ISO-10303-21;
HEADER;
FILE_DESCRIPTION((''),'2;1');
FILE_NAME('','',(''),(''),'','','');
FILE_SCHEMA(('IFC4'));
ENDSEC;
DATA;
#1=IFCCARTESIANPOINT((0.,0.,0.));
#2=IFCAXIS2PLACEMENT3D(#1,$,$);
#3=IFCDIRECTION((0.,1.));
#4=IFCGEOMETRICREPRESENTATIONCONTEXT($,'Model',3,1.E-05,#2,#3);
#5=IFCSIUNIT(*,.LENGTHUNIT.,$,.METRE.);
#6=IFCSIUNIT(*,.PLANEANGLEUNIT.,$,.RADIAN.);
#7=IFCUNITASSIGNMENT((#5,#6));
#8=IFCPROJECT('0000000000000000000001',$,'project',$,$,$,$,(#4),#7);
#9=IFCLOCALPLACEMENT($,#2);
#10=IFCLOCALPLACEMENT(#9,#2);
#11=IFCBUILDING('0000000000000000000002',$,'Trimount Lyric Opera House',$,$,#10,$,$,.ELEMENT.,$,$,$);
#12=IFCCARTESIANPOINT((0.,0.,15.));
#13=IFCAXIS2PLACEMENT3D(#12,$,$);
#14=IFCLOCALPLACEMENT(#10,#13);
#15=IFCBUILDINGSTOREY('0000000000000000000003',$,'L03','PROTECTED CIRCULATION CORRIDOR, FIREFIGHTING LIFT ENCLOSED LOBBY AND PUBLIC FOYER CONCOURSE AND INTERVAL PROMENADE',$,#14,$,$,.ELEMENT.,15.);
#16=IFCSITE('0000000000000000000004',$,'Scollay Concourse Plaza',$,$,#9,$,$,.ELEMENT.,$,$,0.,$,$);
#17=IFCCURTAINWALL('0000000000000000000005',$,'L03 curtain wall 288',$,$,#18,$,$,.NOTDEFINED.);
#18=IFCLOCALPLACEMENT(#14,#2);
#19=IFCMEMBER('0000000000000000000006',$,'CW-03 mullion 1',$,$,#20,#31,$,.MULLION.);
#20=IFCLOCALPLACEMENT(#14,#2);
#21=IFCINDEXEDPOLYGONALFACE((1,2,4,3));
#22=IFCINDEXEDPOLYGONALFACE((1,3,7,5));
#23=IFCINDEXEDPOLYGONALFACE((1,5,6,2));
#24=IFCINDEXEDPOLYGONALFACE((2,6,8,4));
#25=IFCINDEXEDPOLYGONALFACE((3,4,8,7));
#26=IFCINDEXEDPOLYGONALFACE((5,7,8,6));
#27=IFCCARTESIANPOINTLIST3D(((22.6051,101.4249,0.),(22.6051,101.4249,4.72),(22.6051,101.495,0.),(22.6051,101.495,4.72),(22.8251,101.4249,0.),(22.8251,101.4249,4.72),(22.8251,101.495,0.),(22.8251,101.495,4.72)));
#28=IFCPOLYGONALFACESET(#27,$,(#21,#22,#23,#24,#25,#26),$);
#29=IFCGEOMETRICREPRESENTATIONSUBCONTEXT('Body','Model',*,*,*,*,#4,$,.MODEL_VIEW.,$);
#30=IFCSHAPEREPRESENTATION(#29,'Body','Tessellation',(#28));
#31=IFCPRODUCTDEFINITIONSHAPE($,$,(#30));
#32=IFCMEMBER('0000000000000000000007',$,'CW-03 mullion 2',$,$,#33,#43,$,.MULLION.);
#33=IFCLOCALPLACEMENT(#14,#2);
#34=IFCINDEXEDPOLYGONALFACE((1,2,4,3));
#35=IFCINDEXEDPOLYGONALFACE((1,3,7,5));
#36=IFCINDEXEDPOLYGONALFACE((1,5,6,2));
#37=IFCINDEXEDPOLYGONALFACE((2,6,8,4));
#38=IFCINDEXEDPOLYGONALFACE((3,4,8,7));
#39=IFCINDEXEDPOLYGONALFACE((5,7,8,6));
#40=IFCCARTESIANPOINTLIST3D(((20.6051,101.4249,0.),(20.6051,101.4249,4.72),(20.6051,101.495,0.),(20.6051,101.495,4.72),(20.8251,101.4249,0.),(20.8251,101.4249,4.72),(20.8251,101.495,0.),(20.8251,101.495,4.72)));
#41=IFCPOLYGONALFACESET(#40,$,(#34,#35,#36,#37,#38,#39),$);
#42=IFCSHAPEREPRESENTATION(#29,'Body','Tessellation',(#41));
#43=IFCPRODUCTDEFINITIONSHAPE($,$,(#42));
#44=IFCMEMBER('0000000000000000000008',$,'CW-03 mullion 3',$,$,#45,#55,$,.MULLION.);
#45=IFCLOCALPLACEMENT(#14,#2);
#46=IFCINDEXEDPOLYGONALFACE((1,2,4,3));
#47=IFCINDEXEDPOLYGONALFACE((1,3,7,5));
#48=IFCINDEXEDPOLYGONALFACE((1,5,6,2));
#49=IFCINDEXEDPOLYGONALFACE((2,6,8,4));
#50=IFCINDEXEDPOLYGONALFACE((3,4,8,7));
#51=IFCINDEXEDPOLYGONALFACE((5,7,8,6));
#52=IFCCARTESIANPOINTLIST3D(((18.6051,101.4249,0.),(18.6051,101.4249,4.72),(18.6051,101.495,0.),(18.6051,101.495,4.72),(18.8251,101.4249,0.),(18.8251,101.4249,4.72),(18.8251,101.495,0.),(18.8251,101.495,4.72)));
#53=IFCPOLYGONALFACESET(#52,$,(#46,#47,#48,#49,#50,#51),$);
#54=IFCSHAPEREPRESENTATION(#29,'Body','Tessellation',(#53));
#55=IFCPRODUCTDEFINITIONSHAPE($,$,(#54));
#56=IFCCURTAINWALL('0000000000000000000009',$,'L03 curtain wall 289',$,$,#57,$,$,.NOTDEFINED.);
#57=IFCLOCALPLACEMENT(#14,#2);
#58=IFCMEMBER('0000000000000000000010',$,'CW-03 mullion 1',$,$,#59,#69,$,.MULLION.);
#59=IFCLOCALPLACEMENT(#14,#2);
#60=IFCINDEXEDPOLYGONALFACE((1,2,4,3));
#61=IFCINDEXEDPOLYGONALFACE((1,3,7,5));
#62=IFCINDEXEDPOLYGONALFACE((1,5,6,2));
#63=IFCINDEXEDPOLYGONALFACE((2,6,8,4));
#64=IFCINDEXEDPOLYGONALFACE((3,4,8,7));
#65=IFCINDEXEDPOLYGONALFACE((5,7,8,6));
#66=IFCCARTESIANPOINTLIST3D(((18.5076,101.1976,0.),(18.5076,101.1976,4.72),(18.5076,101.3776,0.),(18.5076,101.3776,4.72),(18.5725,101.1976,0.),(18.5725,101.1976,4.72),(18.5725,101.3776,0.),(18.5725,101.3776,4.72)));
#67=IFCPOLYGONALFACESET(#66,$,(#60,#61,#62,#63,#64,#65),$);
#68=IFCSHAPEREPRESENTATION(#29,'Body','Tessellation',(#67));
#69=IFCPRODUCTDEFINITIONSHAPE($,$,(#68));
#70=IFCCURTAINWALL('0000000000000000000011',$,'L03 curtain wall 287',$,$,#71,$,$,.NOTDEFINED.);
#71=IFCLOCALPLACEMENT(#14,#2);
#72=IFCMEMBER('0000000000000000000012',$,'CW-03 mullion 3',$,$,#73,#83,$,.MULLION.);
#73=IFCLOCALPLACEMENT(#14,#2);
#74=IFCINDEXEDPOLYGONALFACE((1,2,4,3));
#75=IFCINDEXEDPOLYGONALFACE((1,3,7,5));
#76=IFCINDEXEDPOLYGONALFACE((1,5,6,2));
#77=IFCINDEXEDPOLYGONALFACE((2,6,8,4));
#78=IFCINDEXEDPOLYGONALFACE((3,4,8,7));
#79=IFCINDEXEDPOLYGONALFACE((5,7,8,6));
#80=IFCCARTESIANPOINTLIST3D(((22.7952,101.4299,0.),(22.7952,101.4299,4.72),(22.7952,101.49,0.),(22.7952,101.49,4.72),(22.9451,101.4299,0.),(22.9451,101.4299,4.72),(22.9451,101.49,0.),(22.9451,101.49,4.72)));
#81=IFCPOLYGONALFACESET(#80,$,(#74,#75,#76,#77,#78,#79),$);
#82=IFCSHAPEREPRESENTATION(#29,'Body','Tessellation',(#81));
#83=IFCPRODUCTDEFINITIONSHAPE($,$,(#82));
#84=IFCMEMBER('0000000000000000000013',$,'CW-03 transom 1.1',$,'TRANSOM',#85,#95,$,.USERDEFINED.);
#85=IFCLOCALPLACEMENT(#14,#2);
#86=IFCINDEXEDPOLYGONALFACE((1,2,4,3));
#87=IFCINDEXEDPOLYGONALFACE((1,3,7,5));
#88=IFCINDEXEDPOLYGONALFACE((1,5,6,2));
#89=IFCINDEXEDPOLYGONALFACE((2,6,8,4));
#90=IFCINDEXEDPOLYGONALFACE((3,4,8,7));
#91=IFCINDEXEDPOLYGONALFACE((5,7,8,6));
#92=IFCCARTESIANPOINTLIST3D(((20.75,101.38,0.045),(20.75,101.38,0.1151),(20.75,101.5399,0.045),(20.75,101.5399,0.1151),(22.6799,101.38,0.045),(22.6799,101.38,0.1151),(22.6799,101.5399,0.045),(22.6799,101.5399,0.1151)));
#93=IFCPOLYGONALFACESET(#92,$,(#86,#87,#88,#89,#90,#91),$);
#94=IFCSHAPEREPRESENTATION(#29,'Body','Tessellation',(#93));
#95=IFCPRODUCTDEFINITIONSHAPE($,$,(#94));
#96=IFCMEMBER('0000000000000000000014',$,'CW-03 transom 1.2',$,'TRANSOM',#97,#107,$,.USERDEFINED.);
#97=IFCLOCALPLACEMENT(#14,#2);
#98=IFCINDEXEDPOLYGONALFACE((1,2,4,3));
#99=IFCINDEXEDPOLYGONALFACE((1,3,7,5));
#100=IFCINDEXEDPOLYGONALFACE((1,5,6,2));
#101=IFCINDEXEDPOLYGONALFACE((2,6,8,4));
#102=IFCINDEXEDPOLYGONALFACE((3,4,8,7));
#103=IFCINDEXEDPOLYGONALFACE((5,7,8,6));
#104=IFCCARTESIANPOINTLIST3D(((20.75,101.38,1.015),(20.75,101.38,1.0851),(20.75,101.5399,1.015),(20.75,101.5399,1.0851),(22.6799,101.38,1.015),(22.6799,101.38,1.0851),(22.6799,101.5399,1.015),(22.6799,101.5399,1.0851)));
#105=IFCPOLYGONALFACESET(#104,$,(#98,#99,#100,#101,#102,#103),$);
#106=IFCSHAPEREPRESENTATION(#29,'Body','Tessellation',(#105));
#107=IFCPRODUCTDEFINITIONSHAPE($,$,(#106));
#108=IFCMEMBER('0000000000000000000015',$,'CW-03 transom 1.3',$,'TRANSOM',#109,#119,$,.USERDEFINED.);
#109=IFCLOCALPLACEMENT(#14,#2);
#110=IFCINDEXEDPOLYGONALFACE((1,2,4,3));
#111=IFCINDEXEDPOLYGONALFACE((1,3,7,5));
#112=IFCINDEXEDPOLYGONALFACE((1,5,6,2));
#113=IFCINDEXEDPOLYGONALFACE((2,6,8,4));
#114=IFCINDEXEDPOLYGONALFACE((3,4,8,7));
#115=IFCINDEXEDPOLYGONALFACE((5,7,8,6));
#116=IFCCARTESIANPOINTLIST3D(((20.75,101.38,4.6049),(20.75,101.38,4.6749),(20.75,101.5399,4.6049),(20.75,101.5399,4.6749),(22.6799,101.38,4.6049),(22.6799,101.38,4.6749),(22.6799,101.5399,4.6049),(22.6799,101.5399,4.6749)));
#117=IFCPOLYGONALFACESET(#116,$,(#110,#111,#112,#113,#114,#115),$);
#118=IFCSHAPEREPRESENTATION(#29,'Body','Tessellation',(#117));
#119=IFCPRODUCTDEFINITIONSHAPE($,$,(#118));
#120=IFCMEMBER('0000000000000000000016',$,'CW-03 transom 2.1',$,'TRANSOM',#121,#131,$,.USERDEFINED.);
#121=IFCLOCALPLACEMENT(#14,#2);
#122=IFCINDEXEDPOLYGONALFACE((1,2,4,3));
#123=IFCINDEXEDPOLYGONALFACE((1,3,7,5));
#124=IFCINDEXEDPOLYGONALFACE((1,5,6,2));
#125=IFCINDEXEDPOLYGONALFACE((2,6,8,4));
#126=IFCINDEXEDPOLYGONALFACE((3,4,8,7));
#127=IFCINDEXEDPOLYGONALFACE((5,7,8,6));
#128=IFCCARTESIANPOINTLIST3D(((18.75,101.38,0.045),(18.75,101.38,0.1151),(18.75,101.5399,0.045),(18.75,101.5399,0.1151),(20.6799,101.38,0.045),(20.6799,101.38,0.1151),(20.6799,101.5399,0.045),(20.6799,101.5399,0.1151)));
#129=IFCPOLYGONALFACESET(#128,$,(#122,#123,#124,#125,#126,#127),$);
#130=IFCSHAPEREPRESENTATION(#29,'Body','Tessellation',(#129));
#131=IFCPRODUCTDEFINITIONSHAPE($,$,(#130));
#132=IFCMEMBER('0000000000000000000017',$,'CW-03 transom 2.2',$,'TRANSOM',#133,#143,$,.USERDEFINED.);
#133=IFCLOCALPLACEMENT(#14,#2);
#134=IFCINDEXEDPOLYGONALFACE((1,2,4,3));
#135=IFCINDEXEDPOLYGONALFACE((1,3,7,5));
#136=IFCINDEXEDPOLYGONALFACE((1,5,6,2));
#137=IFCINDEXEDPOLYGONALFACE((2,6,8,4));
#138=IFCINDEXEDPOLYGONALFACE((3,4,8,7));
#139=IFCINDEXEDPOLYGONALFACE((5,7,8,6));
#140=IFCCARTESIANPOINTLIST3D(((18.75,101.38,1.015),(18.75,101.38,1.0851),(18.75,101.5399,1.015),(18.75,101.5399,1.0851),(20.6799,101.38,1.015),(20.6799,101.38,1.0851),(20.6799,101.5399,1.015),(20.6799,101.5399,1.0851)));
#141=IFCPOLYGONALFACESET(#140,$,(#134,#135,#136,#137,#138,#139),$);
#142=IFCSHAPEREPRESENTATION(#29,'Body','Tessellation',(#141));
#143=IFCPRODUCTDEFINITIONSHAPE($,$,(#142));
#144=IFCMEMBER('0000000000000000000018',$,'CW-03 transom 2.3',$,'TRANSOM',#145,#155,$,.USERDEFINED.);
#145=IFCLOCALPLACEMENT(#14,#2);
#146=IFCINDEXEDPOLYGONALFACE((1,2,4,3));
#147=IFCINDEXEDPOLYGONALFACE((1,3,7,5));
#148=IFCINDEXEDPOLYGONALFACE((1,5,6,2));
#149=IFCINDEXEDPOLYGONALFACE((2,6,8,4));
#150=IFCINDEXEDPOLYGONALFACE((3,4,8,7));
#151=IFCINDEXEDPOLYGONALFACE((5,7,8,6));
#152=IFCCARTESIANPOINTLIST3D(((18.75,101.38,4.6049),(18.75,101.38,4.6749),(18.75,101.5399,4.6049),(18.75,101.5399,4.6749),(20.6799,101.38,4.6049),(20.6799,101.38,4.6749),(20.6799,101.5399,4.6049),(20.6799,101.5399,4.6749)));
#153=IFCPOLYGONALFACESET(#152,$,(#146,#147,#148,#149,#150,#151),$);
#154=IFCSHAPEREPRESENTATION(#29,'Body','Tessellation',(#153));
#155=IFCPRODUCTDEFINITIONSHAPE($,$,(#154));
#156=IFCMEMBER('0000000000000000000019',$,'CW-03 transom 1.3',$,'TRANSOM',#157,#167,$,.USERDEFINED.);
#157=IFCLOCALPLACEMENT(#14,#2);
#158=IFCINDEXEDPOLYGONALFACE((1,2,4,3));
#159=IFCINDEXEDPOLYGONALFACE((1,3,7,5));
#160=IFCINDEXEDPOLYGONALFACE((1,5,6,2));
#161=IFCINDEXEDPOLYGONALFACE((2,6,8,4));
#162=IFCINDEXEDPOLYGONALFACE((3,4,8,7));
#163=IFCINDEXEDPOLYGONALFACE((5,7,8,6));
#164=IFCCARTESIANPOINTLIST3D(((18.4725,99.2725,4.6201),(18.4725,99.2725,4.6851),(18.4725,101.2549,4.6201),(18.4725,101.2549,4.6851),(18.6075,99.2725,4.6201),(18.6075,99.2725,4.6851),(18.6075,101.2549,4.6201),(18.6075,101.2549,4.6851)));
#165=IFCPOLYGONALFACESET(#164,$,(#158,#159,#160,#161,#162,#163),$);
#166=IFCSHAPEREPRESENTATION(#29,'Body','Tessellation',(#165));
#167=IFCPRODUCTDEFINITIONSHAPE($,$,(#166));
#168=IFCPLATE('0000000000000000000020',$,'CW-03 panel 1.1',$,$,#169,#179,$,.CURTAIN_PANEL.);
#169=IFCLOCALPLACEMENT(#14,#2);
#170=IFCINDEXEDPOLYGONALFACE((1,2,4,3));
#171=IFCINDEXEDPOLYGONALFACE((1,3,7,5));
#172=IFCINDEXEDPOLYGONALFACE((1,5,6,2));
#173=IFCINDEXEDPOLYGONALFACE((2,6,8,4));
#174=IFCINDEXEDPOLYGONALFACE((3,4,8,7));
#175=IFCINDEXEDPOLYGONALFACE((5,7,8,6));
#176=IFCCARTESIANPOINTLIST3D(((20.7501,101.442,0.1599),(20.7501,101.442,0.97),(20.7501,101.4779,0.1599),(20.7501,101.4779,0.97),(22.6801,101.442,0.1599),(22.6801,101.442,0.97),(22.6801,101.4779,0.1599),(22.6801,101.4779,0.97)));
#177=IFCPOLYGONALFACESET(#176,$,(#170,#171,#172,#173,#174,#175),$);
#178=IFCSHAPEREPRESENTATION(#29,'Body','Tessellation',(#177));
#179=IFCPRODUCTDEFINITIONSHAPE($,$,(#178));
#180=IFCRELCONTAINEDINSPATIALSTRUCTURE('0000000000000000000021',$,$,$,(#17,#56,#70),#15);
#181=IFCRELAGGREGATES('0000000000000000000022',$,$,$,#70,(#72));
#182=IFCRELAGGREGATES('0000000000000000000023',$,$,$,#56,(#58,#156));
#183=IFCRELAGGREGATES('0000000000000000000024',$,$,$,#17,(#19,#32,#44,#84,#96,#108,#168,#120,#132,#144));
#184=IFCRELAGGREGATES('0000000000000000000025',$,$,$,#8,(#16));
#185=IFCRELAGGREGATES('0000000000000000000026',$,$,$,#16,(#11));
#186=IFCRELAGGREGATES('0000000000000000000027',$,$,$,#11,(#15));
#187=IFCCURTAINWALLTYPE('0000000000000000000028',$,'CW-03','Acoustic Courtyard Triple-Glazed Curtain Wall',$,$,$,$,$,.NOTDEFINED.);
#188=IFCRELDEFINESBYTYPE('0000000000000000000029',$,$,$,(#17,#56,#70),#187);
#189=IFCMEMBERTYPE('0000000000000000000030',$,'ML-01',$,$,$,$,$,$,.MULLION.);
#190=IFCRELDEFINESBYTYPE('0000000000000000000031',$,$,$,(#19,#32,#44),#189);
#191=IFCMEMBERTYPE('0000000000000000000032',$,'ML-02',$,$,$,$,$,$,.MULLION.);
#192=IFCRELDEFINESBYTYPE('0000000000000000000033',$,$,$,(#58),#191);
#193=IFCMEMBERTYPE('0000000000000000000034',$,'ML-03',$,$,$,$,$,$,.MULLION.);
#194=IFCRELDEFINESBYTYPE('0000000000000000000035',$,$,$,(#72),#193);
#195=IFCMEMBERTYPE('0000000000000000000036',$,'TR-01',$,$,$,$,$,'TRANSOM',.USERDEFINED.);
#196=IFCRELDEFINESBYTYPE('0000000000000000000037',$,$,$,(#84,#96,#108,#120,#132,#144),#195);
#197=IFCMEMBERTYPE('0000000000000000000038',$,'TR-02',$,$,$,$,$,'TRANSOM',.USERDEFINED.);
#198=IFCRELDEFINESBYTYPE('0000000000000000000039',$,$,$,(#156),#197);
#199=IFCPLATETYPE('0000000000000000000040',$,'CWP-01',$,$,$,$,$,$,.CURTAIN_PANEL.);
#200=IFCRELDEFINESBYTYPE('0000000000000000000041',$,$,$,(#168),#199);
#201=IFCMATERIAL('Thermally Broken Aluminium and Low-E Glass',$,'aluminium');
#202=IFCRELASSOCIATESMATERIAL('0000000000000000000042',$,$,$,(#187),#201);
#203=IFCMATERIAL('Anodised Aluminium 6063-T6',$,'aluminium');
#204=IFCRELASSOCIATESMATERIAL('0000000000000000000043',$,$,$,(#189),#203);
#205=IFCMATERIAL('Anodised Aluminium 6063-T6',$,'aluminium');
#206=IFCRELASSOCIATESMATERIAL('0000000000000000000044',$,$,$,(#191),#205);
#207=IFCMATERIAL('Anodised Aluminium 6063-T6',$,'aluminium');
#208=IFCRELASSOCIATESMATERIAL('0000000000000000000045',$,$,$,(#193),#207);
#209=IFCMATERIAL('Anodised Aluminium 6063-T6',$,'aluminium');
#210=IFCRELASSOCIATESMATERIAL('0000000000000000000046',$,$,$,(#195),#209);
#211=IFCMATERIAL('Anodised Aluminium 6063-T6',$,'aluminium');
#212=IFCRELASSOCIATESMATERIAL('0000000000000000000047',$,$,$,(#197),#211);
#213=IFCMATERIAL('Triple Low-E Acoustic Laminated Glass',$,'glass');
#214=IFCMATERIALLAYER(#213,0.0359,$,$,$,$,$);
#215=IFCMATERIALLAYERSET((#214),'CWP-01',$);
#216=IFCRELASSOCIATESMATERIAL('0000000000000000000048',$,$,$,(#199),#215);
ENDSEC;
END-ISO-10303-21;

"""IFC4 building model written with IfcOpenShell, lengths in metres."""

from ifc_helpers import new_model, si_unit, direction, frame, origin, origin_2d, place, context, subcontext, project, spatial, rectangle, extrude, material, layer, layer_set, material_profile, profile_set, type_object, element, aggregate, save


model = new_model("IFC4")

# Units and contexts
model_context = context("Model", 3, precision=1e-05, world=origin(), true_north=direction((0.0, 1.0)))
body_context = subcontext(model_context, "Body", "Model", "MODEL_VIEW")
ifc_project = project(units=[si_unit("LENGTHUNIT", "METRE"), si_unit("PLANEANGLEUNIT", "RADIAN")], contexts=[model_context])

# Site, building, storey
site_placement = place(None, origin())
site = spatial("IfcSite", under=ifc_project, at=site_placement, Name="Scollay Concourse Plaza", CompositionType="ELEMENT", RefElevation=0.0)
building_placement = place(site_placement, origin())
building = spatial("IfcBuilding", under=site, at=building_placement, Name="Trimount Lyric Opera House", CompositionType="ELEMENT")
storey_placement = place(building_placement, frame((0.0, 0.0, 15.0)))
storey = spatial("IfcBuildingStorey", under=building, at=storey_placement, Name="L03", Description="PROTECTED CIRCULATION CORRIDOR, FIREFIGHTING LIFT ENCLOSED LOBBY AND PUBLIC FOYER CONCOURSE AND INTERVAL PROMENADE", CompositionType="ELEMENT", Elevation=15.0)

# Curtain wall, members
ifc_material_1 = material(Name="Thermally Broken Aluminium and Low-E Glass", Category="aluminium")
curtain_wall_type = type_object("IfcCurtainWallType", Name="CW-03", Description="Acoustic Courtyard Triple-Glazed Curtain Wall", PredefinedType="NOTDEFINED", material=ifc_material_1)
curtain_wall_1_placement = place(storey_placement, origin())
curtain_wall_1 = element("IfcCurtainWall", 1, at=curtain_wall_1_placement, inside=storey, type_object=curtain_wall_type, Name="L03 curtain wall 288", PredefinedType="NOTDEFINED")
ifc_material_2 = material(Name="Anodised Aluminium 6063-T6", Category="aluminium")
ifc_material_profile_1 = material_profile(ifc_material_2, rectangle(XDim=0.0701, YDim=0.22, at=origin_2d()), Name="ALU-MULL-70X220")
ifc_profile_set_1 = profile_set([ifc_material_profile_1], Name="Anodised Aluminium 6063-T6")
member_type_1 = type_object("IfcMemberType", Name="ML-01", PredefinedType="MULLION", material=ifc_profile_set_1)
member_1_placement = place(storey_placement, frame((22.7151, 101.46, 0.0), z_axis=(0.0, 0.0, 1.0), x_axis=(0.0, -1.0, 0.0)))
member_1 = element("IfcMember", 2, at=member_1_placement, type_object=member_type_1, Name="CW-03 mullion 1", PredefinedType="MULLION", context=body_context, shape_type="SweptSolid", body=[
    extrude(rectangle(XDim=0.0701, YDim=0.22, at=origin_2d()), origin(), (0.0, 0.0, 1.0), 4.72),
])
member_2_placement = place(storey_placement, frame((20.7151, 101.46, 0.0), z_axis=(0.0, 0.0, 1.0), x_axis=(0.0, -1.0, 0.0)))
member_2 = element("IfcMember", 3, at=member_2_placement, type_object=member_type_1, Name="CW-03 mullion 2", PredefinedType="MULLION", context=body_context, shape_type="SweptSolid", body=[
    extrude(rectangle(XDim=0.0701, YDim=0.22, at=origin_2d()), origin(), (0.0, 0.0, 1.0), 4.72),
])
member_3_placement = place(storey_placement, frame((18.7151, 101.46, 0.0), z_axis=(0.0, 0.0, 1.0), x_axis=(0.0, -1.0, 0.0)))
member_3 = element("IfcMember", 4, at=member_3_placement, type_object=member_type_1, Name="CW-03 mullion 3", PredefinedType="MULLION", context=body_context, shape_type="SweptSolid", body=[
    extrude(rectangle(XDim=0.0701, YDim=0.22, at=origin_2d()), origin(), (0.0, 0.0, 1.0), 4.72),
])

# Curtain walls, members
curtain_wall_2_placement = place(storey_placement, origin())
curtain_wall_2 = element("IfcCurtainWall", 5, at=curtain_wall_2_placement, inside=storey, type_object=curtain_wall_type, Name="L03 curtain wall 289", PredefinedType="NOTDEFINED")
ifc_material_3 = material(Name="Anodised Aluminium 6063-T6", Category="aluminium")
ifc_material_profile_2 = material_profile(ifc_material_3, rectangle(XDim=0.0649, YDim=0.1799, at=origin_2d()), Name="ALU-MULL-65X180")
ifc_profile_set_2 = profile_set([ifc_material_profile_2], Name="Anodised Aluminium 6063-T6")
member_type_2 = type_object("IfcMemberType", Name="ML-02", PredefinedType="MULLION", material=ifc_profile_set_2)
member_4_placement = place(storey_placement, frame((18.54, 101.2876, 0.0), z_axis=(0.0, 0.0, 1.0), x_axis=(1.0, 0.0, 0.0)))
member_4 = element("IfcMember", 6, at=member_4_placement, type_object=member_type_2, Name="CW-03 mullion 1", PredefinedType="MULLION", context=body_context, shape_type="SweptSolid", body=[
    extrude(rectangle(XDim=0.0649, YDim=0.1799, at=origin_2d()), origin(), (0.0, 0.0, 1.0), 4.72),
])
curtain_wall_3_placement = place(storey_placement, origin())
curtain_wall_3 = element("IfcCurtainWall", 7, at=curtain_wall_3_placement, inside=storey, type_object=curtain_wall_type, Name="L03 curtain wall 287", PredefinedType="NOTDEFINED")
ifc_material_4 = material(Name="Anodised Aluminium 6063-T6", Category="aluminium")
ifc_material_profile_3 = material_profile(ifc_material_4, rectangle(XDim=0.0601, YDim=0.1499, at=origin_2d()), Name="ALU-MULL-60X150")
ifc_profile_set_3 = profile_set([ifc_material_profile_3], Name="Anodised Aluminium 6063-T6")
member_type_3 = type_object("IfcMemberType", Name="ML-03", PredefinedType="MULLION", material=ifc_profile_set_3)
member_5_placement = place(storey_placement, frame((22.8701, 101.46, 0.0), z_axis=(0.0, 0.0, 1.0), x_axis=(0.0, -1.0, 0.0)))
member_5 = element("IfcMember", 8, at=member_5_placement, type_object=member_type_3, Name="CW-03 mullion 3", PredefinedType="MULLION", context=body_context, shape_type="SweptSolid", body=[
    extrude(rectangle(XDim=0.0601, YDim=0.1499, at=origin_2d()), origin(), (0.0, 0.0, 1.0), 4.72),
])
aggregate(curtain_wall_3, [member_5])

# Members
ifc_material_5 = material(Name="Anodised Aluminium 6063-T6", Category="aluminium")
ifc_material_profile_4 = material_profile(ifc_material_5, rectangle(XDim=0.1599, YDim=0.0701, at=origin_2d()), Name="ALU-TRAN-70X160")
ifc_profile_set_4 = profile_set([ifc_material_profile_4], Name="Anodised Aluminium 6063-T6")
member_type_4 = type_object("IfcMemberType", Name="TR-01", ElementType="TRANSOM", PredefinedType="USERDEFINED", material=ifc_profile_set_4)
member_6_placement = place(storey_placement, frame((22.6799, 101.46, 0.0801), z_axis=(-1.0, 0.0, 0.0), x_axis=(0.0, -1.0, 0.0)))
member_6 = element("IfcMember", 9, at=member_6_placement, type_object=member_type_4, Name="CW-03 transom 1.1", ObjectType="TRANSOM", PredefinedType="USERDEFINED", context=body_context, shape_type="SweptSolid", body=[
    extrude(rectangle(XDim=0.1599, YDim=0.0701, at=origin_2d()), origin(), (0.0, 0.0, 1.0), 1.9299),
])
member_7_placement = place(storey_placement, frame((22.6799, 101.46, 1.05), z_axis=(-1.0, 0.0, 0.0), x_axis=(0.0, -1.0, 0.0)))
member_7 = element("IfcMember", 10, at=member_7_placement, type_object=member_type_4, Name="CW-03 transom 1.2", ObjectType="TRANSOM", PredefinedType="USERDEFINED", context=body_context, shape_type="SweptSolid", body=[
    extrude(rectangle(XDim=0.1599, YDim=0.0701, at=origin_2d()), origin(), (0.0, 0.0, 1.0), 1.9299),
])
member_8_placement = place(storey_placement, frame((22.6799, 101.46, 4.6399), z_axis=(-1.0, 0.0, 0.0), x_axis=(0.0, -1.0, 0.0)))
member_8 = element("IfcMember", 11, at=member_8_placement, type_object=member_type_4, Name="CW-03 transom 1.3", ObjectType="TRANSOM", PredefinedType="USERDEFINED", context=body_context, shape_type="SweptSolid", body=[
    extrude(rectangle(XDim=0.1599, YDim=0.0701, at=origin_2d()), origin(), (0.0, 0.0, 1.0), 1.9299),
])
member_9_placement = place(storey_placement, frame((20.6799, 101.46, 0.0801), z_axis=(-1.0, 0.0, 0.0), x_axis=(0.0, -1.0, 0.0)))
member_9 = element("IfcMember", 12, at=member_9_placement, type_object=member_type_4, Name="CW-03 transom 2.1", ObjectType="TRANSOM", PredefinedType="USERDEFINED", context=body_context, shape_type="SweptSolid", body=[
    extrude(rectangle(XDim=0.1599, YDim=0.0701, at=origin_2d()), origin(), (0.0, 0.0, 1.0), 1.9299),
])
member_10_placement = place(storey_placement, frame((20.6799, 101.46, 1.05), z_axis=(-1.0, 0.0, 0.0), x_axis=(0.0, -1.0, 0.0)))
member_10 = element("IfcMember", 13, at=member_10_placement, type_object=member_type_4, Name="CW-03 transom 2.2", ObjectType="TRANSOM", PredefinedType="USERDEFINED", context=body_context, shape_type="SweptSolid", body=[
    extrude(rectangle(XDim=0.1599, YDim=0.0701, at=origin_2d()), origin(), (0.0, 0.0, 1.0), 1.9299),
])
member_11_placement = place(storey_placement, frame((20.6799, 101.46, 4.6399), z_axis=(-1.0, 0.0, 0.0), x_axis=(0.0, -1.0, 0.0)))
member_11 = element("IfcMember", 14, at=member_11_placement, type_object=member_type_4, Name="CW-03 transom 2.3", ObjectType="TRANSOM", PredefinedType="USERDEFINED", context=body_context, shape_type="SweptSolid", body=[
    extrude(rectangle(XDim=0.1599, YDim=0.0701, at=origin_2d()), origin(), (0.0, 0.0, 1.0), 1.9299),
])
ifc_material_6 = material(Name="Anodised Aluminium 6063-T6", Category="aluminium")
ifc_material_profile_5 = material_profile(ifc_material_6, rectangle(XDim=0.135, YDim=0.0649, at=origin_2d()), Name="ALU-TRAN-65X135")
ifc_profile_set_5 = profile_set([ifc_material_profile_5], Name="Anodised Aluminium 6063-T6")
member_type_5 = type_object("IfcMemberType", Name="TR-02", ElementType="TRANSOM", PredefinedType="USERDEFINED", material=ifc_profile_set_5)
member_12_placement = place(storey_placement, frame((18.54, 101.2549, 4.6526), z_axis=(0.0, -1.0, 0.0), x_axis=(1.0, 0.0, 0.0)))
member_12 = element("IfcMember", 15, at=member_12_placement, type_object=member_type_5, Name="CW-03 transom 1.3", ObjectType="TRANSOM", PredefinedType="USERDEFINED", context=body_context, shape_type="SweptSolid", body=[
    extrude(rectangle(XDim=0.135, YDim=0.0649, at=origin_2d()), origin(), (0.0, 0.0, 1.0), 1.9824),
])
aggregate(curtain_wall_2, [member_4, member_12])

# Plate
ifc_material_7 = material(Name="Triple Low-E Acoustic Laminated Glass", Category="glass")
ifc_layer_1 = layer(ifc_material_7, 0.0359)
ifc_layer_set_1 = layer_set([ifc_layer_1], Name="CWP-01")
plate_type_1 = type_object("IfcPlateType", Name="CWP-01", PredefinedType="CURTAIN_PANEL", material=ifc_layer_set_1)
plate_1_placement = place(storey_placement, frame((21.7151, 101.46, 0.1599), z_axis=(0.0, 0.0, 1.0), x_axis=(-1.0, 0.0, 0.0)))
plate_1 = element("IfcPlate", 16, at=plate_1_placement, type_object=plate_type_1, Name="CW-03 panel 1.1", PredefinedType="CURTAIN_PANEL", context=body_context, shape_type="SweptSolid", body=[
    extrude(rectangle(XDim=1.9299, YDim=0.0359, at=origin_2d()), origin(), (0.0, 0.0, 1.0), 0.8101),
])
aggregate(curtain_wall_1, [member_1, member_2, member_3, member_6, member_7, member_8, plate_1, member_9, member_10, member_11])

save(model, "model.ifc")
